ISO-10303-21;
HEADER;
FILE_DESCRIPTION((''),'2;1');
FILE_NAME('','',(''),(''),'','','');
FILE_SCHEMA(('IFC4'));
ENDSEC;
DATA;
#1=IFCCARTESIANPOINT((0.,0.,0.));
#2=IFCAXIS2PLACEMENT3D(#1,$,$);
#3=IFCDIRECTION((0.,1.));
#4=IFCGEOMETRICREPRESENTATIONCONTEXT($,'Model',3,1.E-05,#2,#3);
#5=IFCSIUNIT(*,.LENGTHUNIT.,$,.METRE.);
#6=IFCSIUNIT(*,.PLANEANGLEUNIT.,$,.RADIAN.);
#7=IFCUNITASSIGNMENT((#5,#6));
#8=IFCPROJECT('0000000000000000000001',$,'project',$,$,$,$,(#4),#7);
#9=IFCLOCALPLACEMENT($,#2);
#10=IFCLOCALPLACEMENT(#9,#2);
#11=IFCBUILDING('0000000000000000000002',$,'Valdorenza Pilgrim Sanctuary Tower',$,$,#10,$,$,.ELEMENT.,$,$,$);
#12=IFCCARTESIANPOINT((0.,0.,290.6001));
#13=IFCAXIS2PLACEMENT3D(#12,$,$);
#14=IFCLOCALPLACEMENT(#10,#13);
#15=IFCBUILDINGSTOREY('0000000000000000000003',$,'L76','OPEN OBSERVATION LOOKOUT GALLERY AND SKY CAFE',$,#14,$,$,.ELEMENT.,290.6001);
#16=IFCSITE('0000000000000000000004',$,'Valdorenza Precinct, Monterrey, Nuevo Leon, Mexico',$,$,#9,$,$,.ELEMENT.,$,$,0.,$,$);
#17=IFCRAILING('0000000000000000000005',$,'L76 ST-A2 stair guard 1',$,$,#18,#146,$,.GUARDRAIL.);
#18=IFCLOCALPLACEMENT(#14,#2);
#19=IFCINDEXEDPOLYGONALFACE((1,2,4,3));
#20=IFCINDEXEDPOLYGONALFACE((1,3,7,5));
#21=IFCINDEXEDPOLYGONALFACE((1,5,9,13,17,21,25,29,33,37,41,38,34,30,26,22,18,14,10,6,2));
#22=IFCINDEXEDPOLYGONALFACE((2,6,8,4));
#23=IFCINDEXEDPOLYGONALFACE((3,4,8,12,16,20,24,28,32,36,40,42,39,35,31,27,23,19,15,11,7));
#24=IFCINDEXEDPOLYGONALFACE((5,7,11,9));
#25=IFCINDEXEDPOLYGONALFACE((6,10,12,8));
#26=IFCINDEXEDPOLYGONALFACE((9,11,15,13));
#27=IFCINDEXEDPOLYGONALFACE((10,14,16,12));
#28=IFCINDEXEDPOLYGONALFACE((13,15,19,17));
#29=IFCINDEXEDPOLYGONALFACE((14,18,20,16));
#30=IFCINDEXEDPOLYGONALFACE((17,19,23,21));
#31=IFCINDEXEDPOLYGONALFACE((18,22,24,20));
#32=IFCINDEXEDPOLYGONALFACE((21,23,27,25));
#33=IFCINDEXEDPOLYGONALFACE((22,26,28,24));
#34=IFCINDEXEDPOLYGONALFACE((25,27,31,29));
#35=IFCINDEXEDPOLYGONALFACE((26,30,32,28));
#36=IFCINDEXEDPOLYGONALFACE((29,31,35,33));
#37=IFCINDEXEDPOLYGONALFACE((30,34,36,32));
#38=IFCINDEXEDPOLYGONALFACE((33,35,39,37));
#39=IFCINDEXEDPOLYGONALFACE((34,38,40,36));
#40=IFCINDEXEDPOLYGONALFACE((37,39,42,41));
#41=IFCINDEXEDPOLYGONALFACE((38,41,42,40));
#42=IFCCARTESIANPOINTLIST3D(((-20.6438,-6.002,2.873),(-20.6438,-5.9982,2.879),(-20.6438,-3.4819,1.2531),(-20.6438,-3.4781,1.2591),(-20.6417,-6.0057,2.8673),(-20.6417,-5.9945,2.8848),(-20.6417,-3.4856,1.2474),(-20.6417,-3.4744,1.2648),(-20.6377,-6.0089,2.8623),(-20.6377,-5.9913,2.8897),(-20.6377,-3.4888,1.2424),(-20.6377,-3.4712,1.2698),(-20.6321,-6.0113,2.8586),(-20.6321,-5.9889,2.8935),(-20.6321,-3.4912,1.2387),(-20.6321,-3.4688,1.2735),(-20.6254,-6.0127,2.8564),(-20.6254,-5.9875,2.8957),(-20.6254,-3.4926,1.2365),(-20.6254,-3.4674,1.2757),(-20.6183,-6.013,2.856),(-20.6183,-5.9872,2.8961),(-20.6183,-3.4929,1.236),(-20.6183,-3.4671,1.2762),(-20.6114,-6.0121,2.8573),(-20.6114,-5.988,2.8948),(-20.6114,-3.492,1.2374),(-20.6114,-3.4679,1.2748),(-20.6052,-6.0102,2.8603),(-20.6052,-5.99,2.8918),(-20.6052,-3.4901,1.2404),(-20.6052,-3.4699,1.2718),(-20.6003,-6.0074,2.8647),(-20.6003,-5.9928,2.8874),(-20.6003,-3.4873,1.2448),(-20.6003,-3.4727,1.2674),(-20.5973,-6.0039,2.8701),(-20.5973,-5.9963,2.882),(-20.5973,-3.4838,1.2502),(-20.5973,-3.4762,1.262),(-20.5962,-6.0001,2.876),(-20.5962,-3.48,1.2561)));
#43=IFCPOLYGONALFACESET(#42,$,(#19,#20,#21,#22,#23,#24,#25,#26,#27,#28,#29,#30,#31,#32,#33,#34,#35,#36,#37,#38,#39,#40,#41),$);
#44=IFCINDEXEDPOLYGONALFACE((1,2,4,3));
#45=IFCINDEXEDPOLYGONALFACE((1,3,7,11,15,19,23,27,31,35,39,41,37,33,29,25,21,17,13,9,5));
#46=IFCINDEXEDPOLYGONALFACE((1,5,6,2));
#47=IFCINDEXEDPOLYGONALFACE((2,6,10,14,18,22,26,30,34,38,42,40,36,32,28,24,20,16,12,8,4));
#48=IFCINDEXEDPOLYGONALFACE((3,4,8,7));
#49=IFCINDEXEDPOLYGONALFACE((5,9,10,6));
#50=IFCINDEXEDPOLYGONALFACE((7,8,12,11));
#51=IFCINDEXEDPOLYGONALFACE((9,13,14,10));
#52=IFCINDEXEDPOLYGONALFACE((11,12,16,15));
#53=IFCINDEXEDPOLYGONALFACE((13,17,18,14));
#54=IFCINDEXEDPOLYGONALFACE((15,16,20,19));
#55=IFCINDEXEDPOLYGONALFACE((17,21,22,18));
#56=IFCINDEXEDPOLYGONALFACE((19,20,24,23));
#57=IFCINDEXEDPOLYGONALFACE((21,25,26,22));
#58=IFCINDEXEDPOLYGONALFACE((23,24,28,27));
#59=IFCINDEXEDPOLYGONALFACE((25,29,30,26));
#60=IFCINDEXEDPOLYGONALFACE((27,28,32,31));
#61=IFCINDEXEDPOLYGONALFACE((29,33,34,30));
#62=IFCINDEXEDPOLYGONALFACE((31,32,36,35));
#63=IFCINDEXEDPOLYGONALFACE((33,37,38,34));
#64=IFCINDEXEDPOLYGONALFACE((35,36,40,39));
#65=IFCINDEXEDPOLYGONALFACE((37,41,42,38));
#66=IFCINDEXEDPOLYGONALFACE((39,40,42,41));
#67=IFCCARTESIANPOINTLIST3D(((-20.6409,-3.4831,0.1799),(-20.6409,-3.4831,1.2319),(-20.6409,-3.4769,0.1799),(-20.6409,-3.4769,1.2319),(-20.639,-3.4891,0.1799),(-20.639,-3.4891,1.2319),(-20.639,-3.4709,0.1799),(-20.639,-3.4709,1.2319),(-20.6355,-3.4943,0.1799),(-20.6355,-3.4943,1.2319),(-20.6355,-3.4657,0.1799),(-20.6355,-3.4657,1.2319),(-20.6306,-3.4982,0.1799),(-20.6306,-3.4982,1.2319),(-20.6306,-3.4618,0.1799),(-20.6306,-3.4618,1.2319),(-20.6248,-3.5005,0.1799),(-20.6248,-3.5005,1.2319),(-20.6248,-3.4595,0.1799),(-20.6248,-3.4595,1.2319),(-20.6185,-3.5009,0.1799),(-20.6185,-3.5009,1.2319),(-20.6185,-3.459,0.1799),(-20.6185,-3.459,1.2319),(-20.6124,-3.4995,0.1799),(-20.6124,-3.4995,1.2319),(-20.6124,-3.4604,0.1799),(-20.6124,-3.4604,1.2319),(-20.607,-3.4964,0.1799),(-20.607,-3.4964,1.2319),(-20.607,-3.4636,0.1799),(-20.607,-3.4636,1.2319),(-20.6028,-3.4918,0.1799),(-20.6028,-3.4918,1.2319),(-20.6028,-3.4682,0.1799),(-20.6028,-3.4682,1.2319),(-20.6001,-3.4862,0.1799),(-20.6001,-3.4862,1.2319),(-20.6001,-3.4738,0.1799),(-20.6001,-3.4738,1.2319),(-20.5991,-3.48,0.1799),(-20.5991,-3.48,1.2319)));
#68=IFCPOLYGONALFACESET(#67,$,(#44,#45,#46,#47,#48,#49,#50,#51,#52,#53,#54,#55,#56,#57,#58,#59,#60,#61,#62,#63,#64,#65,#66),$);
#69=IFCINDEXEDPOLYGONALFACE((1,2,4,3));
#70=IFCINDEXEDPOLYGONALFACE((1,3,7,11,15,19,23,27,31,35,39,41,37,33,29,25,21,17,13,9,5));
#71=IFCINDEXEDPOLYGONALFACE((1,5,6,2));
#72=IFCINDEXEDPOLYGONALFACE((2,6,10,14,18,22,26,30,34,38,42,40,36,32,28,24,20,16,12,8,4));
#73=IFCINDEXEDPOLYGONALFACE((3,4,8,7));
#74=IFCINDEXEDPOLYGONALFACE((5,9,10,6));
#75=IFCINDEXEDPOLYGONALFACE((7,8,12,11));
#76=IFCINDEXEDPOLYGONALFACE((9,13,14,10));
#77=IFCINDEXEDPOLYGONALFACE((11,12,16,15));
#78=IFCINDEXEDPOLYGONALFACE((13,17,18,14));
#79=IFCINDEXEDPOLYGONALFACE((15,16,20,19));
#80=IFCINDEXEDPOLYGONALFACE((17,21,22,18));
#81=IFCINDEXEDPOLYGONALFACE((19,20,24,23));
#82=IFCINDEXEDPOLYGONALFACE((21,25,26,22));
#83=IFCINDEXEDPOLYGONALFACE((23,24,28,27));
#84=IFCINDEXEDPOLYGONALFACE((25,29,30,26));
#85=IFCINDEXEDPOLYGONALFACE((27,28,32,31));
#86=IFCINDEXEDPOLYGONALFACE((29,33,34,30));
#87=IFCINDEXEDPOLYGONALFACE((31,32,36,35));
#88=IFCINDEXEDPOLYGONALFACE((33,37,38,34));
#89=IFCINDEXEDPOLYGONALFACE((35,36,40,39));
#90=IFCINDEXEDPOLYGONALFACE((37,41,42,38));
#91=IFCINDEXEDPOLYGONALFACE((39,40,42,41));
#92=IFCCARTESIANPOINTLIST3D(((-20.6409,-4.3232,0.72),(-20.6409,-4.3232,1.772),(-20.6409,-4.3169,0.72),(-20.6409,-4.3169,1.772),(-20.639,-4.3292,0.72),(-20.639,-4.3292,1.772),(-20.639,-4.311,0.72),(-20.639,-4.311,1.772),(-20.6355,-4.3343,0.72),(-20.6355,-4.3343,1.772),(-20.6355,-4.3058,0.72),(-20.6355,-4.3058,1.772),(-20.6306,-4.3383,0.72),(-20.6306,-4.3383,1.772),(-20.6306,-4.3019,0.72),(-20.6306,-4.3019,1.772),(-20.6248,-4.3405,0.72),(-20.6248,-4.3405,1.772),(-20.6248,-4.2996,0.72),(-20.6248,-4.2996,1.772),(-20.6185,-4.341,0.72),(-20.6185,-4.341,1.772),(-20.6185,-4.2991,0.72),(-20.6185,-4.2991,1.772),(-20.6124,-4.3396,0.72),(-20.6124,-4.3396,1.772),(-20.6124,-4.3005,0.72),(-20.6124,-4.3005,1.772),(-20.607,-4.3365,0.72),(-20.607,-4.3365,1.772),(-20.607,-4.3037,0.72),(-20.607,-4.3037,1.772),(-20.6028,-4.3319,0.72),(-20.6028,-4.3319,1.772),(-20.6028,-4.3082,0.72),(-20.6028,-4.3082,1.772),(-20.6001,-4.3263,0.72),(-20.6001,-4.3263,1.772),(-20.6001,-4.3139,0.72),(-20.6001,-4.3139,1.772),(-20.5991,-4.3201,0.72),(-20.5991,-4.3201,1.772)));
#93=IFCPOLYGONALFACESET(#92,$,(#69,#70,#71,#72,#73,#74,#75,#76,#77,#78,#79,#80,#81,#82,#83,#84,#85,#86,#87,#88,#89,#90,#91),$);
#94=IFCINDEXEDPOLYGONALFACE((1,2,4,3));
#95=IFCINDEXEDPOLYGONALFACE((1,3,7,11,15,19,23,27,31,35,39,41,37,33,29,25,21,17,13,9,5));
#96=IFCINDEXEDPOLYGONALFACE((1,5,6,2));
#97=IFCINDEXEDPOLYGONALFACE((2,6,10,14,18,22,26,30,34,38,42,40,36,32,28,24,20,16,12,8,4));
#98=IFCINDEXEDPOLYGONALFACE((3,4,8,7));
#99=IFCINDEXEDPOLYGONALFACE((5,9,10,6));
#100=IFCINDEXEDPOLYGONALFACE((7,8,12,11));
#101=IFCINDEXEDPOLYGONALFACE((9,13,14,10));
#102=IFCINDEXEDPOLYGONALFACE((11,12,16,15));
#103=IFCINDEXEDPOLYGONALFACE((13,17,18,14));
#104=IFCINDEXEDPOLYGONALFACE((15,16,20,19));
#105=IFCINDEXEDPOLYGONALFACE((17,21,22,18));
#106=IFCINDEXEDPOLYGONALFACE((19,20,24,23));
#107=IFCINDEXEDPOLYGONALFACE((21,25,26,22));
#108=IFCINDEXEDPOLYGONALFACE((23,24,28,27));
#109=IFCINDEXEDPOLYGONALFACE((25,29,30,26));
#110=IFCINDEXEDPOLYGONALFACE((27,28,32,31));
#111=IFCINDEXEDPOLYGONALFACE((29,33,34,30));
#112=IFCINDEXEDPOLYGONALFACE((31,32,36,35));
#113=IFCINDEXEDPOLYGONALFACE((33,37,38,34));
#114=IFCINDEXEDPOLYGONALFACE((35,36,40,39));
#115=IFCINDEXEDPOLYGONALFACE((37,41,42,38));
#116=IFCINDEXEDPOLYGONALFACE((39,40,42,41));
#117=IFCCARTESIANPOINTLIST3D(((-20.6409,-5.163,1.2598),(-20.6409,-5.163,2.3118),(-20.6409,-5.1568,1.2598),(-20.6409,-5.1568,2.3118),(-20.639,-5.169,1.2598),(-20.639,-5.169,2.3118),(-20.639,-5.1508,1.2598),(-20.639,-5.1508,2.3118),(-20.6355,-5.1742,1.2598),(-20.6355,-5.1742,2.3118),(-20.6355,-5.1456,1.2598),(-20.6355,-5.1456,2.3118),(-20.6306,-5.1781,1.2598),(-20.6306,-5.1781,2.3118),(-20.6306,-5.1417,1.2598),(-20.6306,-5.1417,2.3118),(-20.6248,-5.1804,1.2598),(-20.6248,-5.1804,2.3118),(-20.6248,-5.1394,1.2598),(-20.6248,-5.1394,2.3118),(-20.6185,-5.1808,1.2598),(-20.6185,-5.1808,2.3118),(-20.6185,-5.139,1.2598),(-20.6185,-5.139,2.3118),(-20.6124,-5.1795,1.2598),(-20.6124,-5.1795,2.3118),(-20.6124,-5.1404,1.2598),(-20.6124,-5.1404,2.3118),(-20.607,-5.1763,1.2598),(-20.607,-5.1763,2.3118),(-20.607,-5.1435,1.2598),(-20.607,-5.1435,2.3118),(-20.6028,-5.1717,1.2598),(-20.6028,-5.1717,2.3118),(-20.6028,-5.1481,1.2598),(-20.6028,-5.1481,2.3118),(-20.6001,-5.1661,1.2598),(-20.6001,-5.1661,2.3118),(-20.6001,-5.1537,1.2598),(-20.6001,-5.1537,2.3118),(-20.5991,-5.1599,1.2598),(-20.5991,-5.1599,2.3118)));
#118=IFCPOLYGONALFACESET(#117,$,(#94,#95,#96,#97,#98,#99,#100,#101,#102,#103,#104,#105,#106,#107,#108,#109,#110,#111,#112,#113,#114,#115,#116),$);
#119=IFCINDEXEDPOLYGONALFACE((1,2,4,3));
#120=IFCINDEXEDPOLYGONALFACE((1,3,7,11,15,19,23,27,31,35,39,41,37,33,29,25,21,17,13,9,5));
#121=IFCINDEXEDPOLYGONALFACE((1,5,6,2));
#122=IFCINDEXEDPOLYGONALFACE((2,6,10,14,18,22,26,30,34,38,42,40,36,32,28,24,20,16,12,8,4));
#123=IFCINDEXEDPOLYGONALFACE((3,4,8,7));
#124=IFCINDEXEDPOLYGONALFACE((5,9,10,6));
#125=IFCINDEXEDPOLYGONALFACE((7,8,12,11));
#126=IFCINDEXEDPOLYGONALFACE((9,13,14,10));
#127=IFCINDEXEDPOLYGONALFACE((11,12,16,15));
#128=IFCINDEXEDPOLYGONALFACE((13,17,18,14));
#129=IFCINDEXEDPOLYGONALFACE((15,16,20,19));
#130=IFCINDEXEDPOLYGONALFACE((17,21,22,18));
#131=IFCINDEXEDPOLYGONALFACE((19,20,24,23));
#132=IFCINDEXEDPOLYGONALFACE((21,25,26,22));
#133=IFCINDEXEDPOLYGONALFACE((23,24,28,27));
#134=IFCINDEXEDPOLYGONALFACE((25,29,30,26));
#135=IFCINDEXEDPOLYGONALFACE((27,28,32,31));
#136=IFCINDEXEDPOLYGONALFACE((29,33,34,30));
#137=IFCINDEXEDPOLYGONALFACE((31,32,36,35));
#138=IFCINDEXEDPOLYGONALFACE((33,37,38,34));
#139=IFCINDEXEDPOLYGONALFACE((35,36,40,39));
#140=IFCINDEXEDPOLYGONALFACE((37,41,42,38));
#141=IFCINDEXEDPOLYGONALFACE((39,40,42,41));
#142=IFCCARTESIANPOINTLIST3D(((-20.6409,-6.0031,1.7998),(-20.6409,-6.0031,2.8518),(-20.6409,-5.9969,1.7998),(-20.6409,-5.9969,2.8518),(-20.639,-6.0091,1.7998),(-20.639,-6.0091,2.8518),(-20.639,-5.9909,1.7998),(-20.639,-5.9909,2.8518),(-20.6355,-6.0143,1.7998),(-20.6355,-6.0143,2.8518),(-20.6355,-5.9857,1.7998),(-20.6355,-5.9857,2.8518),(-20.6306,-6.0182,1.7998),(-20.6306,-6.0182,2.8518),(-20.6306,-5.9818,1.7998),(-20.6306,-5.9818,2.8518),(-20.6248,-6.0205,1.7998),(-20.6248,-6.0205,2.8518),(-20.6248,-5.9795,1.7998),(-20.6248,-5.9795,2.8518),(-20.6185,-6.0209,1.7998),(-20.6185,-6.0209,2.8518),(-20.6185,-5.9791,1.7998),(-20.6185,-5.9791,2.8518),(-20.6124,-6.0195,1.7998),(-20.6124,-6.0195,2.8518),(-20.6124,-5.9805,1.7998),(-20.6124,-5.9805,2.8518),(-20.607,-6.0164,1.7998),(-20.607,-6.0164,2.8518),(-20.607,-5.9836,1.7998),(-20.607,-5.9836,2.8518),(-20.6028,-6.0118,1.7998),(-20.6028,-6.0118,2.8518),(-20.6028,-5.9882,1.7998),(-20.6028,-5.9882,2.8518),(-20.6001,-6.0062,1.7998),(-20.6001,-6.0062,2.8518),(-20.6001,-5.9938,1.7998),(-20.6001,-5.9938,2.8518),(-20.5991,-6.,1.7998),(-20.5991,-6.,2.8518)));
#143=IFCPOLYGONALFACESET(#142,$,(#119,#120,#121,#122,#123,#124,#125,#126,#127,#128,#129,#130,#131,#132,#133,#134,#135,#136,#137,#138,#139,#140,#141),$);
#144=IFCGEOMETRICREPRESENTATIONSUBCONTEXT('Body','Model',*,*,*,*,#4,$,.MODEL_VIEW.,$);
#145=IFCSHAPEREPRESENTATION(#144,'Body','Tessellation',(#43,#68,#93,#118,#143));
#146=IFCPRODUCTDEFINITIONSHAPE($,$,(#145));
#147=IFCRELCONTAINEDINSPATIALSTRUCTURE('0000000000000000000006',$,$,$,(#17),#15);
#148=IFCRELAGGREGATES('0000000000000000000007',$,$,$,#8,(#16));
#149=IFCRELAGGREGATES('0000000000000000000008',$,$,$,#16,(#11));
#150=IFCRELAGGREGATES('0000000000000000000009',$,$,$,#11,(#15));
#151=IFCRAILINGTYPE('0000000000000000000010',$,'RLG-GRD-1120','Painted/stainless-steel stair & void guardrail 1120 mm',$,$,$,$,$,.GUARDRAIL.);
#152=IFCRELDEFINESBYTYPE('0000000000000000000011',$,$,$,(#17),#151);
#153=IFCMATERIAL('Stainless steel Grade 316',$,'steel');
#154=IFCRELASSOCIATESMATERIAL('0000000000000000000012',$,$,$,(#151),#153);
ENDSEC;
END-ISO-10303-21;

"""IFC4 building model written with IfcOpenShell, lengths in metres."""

from ifc_helpers import new_model, si_unit, direction, frame, origin, origin_2d, place, context, subcontext, project, spatial, circle, extrude, material, type_object, element, save


model = new_model("IFC4")

# Units and contexts
model_context = context("Model", 3, precision=1e-05, world=origin(), true_north=direction((0.0, 1.0)))
body_context = subcontext(model_context, "Body", "Model", "MODEL_VIEW")
ifc_project = project(units=[si_unit("LENGTHUNIT", "METRE"), si_unit("PLANEANGLEUNIT", "RADIAN")], contexts=[model_context])

# Site, building, storey
site_placement = place(None, origin())
site = spatial("IfcSite", under=ifc_project, at=site_placement, Name="Valdorenza Precinct, Monterrey, Nuevo Leon, Mexico", CompositionType="ELEMENT", RefElevation=0.0)
building_placement = place(site_placement, origin())
building = spatial("IfcBuilding", under=site, at=building_placement, Name="Valdorenza Pilgrim Sanctuary Tower", CompositionType="ELEMENT")
storey_placement = place(building_placement, frame((0.0, 0.0, 290.6001)))
storey = spatial("IfcBuildingStorey", under=building, at=storey_placement, Name="L76", Description="OPEN OBSERVATION LOOKOUT GALLERY AND SKY CAFE", CompositionType="ELEMENT", Elevation=290.6001)

# Railing
ifc_material_1 = material(Name="Stainless steel Grade 316", Category="steel")
railing_type_1 = type_object("IfcRailingType", Name="RLG-GRD-1120", Description="Painted/stainless-steel stair & void guardrail 1120 mm", PredefinedType="GUARDRAIL", material=ifc_material_1)
railing_1_placement = place(storey_placement, frame((-20.6201, -3.48, 0.1799)))
element("IfcRailing", 1, at=railing_1_placement, inside=storey, type_object=railing_type_1, Name="L76 ST-A2 stair guard 1", PredefinedType="GUARDRAIL", context=body_context, shape_type="SweptSolid", body=[
    extrude(circle(Radius=0.0239, at=origin_2d()), frame((0.0, 0.0, 1.0762), z_axis=(0.0, -0.8412, 0.540725), x_axis=(1.0, 0.0, 0.0)), (0.0, 0.0, 1.0), 2.9958),
    extrude(circle(Radius=0.021, at=origin_2d()), origin(), (0.0, 0.0, 1.0), 1.052),
    extrude(circle(Radius=0.021, at=origin_2d()), frame((0.0, -0.8401, 0.54)), (0.0, 0.0, 1.0), 1.052),
    extrude(circle(Radius=0.021, at=origin_2d()), frame((0.0, -1.6799, 1.0798)), (0.0, 0.0, 1.0), 1.052),
    extrude(circle(Radius=0.021, at=origin_2d()), frame((0.0, -2.52, 1.6199)), (0.0, 0.0, 1.0), 1.052),
])

save(model, "model.ifc")
